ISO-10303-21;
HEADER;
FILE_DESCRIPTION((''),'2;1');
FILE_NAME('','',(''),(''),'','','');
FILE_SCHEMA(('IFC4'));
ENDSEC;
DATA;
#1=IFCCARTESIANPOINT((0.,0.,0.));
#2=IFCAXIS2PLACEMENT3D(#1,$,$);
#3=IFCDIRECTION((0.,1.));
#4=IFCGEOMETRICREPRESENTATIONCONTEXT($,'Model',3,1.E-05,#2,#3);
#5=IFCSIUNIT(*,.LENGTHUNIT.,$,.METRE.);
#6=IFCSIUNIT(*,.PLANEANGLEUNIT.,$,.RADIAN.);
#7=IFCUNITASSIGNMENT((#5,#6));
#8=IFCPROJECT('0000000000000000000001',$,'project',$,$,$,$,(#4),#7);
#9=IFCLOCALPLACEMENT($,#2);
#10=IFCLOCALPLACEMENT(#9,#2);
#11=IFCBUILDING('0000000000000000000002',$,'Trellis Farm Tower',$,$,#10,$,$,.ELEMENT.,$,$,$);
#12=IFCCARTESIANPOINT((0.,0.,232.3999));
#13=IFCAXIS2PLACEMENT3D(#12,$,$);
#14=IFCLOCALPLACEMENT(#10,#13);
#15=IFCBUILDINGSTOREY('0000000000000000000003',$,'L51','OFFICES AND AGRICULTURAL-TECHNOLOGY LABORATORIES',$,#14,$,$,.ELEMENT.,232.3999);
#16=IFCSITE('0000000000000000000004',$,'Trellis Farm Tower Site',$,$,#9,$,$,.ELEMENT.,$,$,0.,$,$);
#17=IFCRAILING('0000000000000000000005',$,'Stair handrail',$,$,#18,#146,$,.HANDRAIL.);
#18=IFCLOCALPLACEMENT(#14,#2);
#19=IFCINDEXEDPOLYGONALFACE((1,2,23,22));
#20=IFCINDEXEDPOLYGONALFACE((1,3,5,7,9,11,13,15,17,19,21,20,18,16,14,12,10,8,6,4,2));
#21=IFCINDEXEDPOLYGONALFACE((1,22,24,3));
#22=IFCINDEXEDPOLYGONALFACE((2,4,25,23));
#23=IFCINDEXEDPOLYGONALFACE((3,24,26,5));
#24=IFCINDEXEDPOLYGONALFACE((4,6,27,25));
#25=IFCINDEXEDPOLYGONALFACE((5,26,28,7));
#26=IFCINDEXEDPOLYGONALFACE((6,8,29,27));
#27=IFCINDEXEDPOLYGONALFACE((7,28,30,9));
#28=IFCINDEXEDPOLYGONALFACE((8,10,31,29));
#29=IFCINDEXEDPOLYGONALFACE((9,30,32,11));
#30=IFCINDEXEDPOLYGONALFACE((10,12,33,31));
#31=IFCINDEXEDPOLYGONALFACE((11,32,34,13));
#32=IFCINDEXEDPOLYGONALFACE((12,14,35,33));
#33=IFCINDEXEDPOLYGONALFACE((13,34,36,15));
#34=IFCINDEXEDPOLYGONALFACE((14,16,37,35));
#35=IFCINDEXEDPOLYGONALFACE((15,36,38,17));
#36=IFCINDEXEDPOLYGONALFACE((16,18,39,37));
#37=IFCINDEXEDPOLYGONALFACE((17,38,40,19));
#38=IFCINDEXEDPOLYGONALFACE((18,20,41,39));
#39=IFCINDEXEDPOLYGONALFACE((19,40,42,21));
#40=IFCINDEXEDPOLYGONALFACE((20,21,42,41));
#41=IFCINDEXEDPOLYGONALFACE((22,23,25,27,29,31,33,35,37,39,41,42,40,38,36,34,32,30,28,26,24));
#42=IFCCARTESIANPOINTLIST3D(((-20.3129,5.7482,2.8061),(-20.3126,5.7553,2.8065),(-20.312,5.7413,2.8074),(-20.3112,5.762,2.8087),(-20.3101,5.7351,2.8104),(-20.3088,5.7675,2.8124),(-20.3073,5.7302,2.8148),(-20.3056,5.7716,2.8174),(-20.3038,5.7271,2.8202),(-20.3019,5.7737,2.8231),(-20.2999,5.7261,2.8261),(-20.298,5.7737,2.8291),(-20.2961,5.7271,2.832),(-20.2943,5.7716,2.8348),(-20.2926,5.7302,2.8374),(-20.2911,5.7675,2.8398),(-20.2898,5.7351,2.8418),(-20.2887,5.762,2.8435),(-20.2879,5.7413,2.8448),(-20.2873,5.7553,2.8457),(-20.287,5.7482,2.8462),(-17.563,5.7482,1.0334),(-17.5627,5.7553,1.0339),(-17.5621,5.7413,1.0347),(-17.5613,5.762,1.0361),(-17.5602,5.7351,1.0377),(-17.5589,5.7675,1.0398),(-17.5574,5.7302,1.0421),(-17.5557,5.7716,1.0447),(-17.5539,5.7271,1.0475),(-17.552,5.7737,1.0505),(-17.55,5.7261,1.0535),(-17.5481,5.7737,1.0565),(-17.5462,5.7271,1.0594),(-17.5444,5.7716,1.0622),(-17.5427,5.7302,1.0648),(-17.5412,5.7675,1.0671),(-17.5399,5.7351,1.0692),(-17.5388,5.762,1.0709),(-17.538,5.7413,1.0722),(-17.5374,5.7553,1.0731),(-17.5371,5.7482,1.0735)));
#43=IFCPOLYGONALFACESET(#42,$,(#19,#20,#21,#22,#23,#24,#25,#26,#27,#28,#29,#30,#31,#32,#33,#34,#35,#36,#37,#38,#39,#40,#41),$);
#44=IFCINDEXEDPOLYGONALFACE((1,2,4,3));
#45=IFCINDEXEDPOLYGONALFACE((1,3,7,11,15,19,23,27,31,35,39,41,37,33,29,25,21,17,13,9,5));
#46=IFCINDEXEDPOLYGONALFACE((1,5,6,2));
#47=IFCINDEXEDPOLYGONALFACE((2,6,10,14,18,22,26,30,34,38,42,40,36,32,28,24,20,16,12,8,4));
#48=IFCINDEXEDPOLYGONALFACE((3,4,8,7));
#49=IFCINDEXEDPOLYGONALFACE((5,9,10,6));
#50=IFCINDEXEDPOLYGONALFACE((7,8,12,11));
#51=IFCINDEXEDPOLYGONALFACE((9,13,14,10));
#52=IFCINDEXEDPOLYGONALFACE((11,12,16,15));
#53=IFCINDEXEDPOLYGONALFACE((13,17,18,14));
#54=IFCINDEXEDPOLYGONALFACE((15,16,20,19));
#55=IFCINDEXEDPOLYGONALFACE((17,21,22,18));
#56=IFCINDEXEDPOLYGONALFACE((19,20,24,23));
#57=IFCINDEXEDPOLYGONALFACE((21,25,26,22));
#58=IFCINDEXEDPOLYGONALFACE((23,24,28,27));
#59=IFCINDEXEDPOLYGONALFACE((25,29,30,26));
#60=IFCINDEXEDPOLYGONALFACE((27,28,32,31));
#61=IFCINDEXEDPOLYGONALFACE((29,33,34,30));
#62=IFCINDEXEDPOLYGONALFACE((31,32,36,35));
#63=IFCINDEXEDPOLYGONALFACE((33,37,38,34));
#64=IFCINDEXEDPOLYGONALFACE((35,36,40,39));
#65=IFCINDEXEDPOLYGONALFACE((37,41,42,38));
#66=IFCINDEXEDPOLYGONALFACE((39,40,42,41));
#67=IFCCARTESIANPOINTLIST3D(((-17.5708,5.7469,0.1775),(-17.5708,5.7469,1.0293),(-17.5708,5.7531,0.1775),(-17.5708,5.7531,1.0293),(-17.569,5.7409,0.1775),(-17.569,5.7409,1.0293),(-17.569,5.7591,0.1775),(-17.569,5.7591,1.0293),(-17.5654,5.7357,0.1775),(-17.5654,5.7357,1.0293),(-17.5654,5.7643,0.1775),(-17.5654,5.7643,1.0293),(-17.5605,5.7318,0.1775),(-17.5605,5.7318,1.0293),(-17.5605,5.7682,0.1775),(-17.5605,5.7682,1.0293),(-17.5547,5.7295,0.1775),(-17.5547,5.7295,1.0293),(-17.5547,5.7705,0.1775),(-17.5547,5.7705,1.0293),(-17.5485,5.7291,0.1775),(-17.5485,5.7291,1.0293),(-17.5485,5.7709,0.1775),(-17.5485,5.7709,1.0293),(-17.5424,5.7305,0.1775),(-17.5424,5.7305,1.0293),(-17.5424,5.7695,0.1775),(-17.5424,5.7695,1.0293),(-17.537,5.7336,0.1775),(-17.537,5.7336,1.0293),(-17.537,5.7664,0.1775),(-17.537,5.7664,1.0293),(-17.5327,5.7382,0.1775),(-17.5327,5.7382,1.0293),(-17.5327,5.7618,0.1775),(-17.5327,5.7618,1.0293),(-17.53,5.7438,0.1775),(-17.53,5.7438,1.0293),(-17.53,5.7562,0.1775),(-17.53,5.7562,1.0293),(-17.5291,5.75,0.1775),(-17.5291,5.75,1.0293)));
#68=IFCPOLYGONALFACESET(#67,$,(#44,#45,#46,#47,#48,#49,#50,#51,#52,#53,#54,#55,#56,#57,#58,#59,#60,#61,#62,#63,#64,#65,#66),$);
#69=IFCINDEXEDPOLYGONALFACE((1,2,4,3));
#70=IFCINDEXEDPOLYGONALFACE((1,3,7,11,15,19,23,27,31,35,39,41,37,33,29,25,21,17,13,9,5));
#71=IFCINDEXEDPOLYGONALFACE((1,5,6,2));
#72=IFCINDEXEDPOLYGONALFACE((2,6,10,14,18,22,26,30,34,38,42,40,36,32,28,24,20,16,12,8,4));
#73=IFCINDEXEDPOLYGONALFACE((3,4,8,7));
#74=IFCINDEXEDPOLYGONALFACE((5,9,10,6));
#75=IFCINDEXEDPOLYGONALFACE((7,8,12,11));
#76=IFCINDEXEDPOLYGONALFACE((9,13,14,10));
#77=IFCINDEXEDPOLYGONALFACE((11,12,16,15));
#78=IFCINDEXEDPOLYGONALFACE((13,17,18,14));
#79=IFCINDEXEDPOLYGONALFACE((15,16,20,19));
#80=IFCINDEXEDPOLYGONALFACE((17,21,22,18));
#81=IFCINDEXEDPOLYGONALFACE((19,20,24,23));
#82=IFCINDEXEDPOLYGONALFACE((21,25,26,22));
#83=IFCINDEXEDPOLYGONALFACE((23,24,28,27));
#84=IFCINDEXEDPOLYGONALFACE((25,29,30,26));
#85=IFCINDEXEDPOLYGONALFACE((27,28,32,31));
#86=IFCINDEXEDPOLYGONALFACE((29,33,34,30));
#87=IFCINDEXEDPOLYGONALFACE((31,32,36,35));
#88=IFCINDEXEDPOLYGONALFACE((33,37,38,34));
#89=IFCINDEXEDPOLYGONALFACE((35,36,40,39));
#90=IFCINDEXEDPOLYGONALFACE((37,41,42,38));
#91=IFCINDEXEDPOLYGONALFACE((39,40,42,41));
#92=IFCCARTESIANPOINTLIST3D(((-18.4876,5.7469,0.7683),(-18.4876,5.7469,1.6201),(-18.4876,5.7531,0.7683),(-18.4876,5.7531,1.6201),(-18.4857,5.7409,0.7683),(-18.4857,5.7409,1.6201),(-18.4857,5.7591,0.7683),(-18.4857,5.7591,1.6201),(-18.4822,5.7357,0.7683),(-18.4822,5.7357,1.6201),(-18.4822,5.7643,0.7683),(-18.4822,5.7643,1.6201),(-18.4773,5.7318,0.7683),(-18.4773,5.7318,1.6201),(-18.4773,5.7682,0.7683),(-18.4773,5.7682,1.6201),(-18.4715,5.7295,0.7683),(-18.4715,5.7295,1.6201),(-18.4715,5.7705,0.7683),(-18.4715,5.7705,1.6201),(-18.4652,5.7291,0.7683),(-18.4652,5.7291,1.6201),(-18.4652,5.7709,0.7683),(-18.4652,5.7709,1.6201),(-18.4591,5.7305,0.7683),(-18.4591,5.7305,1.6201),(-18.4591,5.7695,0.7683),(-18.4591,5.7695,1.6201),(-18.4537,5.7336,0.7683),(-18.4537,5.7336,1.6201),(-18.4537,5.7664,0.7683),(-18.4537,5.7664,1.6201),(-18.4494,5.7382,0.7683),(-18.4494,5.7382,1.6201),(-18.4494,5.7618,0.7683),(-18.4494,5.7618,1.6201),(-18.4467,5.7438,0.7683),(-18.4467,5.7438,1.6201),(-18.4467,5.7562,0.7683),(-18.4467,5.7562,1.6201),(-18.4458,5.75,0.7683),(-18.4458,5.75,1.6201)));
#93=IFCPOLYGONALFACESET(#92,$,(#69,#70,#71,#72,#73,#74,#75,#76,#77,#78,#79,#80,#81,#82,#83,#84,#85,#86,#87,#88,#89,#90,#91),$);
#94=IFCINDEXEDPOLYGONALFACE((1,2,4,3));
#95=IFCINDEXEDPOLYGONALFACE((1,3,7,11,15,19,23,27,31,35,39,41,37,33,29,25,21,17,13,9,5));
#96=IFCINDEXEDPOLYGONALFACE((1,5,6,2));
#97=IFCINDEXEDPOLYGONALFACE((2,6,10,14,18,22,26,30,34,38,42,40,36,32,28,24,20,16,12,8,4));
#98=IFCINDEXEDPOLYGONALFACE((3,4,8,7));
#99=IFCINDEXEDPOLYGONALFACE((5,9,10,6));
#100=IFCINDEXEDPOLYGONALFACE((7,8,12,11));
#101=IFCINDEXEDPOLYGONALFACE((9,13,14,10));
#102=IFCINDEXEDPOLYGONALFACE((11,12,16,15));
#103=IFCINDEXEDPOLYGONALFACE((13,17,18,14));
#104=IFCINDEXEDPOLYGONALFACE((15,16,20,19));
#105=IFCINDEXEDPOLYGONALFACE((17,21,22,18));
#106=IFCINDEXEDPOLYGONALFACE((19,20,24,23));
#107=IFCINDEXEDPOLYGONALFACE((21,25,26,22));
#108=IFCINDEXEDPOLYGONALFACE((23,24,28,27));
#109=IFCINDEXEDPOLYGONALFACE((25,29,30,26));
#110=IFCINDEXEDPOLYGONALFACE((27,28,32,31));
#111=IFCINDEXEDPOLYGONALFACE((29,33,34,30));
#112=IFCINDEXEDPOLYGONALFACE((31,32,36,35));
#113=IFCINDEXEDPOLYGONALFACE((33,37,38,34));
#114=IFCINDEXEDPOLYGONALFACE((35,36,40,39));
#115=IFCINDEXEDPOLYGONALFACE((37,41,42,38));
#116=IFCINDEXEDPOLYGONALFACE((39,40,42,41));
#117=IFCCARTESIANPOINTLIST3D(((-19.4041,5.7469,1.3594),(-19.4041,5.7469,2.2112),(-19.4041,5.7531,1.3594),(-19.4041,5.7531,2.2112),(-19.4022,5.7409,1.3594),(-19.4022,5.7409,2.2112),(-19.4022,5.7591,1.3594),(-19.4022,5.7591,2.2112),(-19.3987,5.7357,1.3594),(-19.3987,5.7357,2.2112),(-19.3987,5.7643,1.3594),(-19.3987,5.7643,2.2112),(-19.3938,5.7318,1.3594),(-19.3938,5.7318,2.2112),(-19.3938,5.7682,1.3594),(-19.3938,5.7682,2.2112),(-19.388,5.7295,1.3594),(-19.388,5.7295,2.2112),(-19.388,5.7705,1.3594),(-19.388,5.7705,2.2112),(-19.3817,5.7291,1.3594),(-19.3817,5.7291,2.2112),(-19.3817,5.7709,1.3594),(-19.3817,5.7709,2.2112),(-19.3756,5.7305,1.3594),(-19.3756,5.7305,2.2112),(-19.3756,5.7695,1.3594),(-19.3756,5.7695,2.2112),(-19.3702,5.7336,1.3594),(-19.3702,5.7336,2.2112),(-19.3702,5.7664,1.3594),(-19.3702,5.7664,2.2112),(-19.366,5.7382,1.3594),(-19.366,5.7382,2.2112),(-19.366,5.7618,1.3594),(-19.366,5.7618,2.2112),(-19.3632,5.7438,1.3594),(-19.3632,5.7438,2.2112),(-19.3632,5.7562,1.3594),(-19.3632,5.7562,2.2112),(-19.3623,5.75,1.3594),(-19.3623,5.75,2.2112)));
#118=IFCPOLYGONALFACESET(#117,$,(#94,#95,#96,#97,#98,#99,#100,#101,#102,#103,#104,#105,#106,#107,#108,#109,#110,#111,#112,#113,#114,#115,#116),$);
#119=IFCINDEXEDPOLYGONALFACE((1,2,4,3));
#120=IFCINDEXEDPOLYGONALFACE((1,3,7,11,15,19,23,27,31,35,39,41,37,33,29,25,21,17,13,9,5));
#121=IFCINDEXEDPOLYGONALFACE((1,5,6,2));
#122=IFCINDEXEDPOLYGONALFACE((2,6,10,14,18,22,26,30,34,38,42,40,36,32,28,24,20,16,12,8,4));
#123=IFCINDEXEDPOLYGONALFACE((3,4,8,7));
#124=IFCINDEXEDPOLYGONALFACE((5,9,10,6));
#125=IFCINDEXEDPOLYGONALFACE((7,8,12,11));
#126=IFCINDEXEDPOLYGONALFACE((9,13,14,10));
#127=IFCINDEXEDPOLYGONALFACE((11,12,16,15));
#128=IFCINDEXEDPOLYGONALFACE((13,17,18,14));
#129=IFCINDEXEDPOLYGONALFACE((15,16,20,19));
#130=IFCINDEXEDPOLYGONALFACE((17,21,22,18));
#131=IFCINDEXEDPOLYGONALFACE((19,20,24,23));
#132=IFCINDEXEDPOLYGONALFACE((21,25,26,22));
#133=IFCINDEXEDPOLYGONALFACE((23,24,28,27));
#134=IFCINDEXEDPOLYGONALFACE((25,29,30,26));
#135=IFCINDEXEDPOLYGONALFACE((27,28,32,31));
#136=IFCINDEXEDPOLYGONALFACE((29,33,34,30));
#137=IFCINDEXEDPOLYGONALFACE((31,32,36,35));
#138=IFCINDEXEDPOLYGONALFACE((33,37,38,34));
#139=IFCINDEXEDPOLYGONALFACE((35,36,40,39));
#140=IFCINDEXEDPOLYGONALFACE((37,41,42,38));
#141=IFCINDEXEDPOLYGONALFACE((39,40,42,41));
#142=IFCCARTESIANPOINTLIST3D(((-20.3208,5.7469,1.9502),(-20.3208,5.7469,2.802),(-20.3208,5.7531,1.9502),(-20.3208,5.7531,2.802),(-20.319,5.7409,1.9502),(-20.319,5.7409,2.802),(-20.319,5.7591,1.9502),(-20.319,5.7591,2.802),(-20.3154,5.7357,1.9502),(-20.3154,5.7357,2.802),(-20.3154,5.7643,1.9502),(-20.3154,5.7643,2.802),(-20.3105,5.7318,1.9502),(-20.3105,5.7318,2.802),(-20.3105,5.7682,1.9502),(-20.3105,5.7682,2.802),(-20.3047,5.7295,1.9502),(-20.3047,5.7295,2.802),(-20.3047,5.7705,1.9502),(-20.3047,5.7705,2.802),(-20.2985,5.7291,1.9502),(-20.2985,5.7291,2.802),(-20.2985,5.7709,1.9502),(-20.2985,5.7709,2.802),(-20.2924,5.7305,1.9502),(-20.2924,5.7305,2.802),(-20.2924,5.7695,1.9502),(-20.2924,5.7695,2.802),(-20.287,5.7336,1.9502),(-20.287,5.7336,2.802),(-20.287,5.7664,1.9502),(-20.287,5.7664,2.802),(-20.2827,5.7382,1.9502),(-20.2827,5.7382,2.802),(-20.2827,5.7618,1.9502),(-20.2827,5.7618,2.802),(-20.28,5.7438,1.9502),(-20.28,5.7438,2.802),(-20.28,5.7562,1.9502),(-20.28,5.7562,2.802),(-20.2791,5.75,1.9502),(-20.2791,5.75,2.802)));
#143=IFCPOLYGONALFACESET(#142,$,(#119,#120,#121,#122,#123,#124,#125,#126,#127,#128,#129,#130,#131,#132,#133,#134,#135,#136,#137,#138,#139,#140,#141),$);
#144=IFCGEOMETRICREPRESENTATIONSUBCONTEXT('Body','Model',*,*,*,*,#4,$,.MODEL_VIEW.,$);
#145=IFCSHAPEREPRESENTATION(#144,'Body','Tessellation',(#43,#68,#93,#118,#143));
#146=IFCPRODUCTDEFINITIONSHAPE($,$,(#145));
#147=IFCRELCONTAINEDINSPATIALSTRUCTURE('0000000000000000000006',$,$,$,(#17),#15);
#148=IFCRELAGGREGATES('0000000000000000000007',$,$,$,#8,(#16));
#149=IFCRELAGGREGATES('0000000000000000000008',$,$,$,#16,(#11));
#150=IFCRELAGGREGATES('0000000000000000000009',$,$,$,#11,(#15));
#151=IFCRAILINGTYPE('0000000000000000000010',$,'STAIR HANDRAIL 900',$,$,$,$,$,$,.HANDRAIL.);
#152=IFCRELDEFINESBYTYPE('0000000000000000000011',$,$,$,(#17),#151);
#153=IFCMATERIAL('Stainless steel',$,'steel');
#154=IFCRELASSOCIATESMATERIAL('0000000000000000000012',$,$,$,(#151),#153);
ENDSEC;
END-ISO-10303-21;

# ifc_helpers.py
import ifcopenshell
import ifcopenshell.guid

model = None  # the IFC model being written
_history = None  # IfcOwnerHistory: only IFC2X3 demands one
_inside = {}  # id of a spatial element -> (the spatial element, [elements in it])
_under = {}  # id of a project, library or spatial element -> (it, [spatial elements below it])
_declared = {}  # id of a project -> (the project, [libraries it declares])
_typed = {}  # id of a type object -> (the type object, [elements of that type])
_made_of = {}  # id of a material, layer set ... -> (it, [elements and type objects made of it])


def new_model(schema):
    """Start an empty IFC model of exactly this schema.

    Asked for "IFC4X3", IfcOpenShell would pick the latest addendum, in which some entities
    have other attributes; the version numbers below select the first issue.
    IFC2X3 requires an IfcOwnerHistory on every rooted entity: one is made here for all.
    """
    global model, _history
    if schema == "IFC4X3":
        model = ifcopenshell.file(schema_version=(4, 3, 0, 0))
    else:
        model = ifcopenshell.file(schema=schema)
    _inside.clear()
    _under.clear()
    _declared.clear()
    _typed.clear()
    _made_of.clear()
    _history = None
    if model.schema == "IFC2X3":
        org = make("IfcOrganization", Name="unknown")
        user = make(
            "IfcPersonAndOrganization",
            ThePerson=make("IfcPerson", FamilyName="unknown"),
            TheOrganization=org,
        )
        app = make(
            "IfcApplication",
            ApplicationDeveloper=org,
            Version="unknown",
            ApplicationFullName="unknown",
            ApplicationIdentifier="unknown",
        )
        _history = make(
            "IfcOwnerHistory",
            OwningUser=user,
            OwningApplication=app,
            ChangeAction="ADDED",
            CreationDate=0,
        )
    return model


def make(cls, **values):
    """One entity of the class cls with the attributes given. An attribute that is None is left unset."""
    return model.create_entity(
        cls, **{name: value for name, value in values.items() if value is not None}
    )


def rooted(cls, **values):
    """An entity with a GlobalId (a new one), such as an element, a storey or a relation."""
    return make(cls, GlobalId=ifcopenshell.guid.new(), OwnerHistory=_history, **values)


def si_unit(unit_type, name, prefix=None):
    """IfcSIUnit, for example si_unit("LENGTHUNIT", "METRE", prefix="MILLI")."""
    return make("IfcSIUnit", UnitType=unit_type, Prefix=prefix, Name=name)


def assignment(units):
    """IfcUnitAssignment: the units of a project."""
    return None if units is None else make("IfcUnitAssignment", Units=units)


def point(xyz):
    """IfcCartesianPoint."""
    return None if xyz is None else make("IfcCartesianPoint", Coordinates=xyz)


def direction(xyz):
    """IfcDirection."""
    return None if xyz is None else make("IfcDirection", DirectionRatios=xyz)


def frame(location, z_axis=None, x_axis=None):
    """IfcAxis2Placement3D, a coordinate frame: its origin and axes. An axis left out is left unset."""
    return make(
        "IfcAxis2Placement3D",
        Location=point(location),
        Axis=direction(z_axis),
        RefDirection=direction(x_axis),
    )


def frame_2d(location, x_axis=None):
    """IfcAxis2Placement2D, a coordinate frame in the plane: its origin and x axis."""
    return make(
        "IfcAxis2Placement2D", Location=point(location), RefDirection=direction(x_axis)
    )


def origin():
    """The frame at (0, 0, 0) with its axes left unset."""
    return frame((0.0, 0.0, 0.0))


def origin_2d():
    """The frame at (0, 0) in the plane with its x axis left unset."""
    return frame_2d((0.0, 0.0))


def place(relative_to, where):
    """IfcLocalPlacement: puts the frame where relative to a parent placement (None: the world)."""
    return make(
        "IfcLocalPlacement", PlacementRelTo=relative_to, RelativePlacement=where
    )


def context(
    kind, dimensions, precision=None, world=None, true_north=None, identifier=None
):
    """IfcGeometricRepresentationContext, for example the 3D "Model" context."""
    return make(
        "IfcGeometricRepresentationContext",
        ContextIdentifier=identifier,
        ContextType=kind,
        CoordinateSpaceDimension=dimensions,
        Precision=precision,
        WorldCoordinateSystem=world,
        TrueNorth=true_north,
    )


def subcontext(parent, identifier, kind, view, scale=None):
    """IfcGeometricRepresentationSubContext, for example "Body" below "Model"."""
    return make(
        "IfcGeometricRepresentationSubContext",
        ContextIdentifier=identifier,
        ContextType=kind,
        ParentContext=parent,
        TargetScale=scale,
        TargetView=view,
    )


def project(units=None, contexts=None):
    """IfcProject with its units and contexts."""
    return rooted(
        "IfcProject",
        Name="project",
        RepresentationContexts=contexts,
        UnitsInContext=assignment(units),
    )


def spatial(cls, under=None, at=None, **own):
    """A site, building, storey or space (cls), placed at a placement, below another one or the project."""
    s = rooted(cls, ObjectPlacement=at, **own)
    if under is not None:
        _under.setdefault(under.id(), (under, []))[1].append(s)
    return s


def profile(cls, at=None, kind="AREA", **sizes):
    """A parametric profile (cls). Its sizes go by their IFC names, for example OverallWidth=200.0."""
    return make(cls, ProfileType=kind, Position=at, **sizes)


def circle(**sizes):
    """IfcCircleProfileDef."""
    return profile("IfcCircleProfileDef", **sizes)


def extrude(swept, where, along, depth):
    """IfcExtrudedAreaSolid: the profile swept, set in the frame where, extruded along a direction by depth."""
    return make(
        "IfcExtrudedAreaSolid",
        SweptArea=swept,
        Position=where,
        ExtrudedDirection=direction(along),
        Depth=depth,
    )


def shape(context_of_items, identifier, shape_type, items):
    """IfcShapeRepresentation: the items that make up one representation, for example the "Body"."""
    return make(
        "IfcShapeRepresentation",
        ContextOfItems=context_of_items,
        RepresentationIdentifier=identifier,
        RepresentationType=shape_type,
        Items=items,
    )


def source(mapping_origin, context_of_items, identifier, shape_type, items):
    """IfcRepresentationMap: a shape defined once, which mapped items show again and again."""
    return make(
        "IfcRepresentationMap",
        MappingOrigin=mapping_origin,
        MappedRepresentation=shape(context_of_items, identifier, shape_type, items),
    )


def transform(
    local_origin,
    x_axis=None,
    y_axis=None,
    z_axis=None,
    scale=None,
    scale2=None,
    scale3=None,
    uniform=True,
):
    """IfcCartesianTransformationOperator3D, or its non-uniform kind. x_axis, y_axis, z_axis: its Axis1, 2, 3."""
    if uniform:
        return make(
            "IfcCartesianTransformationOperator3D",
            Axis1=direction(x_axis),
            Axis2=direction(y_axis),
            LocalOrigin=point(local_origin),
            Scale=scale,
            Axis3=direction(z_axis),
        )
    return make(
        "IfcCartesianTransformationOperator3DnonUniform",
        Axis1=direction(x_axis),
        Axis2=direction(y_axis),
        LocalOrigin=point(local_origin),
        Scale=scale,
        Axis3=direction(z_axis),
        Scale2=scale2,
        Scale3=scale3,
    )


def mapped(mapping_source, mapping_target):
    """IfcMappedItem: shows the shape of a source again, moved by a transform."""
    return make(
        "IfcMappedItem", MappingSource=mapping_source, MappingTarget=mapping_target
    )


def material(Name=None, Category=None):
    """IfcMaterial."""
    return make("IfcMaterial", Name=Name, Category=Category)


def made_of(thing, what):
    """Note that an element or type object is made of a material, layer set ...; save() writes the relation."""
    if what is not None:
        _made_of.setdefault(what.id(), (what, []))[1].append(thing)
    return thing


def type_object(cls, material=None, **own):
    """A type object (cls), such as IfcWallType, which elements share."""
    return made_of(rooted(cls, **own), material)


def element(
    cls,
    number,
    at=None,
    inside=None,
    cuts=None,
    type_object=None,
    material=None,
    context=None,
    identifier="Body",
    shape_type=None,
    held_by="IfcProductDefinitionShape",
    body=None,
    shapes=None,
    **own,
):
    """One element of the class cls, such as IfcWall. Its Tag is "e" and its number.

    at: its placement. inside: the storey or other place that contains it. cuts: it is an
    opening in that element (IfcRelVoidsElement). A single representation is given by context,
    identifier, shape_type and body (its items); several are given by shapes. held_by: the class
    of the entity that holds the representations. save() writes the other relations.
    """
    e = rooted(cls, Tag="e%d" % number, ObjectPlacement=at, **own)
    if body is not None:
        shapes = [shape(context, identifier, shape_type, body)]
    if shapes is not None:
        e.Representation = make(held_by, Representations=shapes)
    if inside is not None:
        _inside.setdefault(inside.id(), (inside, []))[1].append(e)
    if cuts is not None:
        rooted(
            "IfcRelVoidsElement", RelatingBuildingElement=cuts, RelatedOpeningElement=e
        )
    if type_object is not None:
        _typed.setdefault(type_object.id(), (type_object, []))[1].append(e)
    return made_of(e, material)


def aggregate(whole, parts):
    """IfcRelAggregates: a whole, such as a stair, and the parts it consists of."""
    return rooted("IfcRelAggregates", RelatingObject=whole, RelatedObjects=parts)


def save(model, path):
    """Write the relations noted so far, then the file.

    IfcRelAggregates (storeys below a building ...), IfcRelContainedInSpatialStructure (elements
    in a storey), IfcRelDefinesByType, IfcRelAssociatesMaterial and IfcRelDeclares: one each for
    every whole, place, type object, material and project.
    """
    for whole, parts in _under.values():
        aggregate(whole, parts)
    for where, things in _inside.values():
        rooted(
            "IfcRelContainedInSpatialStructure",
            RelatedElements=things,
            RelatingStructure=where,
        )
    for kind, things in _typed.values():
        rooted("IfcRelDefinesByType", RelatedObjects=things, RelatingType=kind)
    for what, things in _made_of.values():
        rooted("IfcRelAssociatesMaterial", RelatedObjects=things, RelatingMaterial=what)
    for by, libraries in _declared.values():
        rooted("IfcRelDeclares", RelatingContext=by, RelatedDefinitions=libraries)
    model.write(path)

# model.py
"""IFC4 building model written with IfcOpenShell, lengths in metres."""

from ifc_helpers import new_model, si_unit, direction, frame, origin, origin_2d, place, context, subcontext, project, spatial, circle, extrude, source, transform, mapped, material, type_object, element, save


model = new_model("IFC4")

# Units and contexts
model_context = context("Model", 3, precision=1e-05, world=origin(), true_north=direction((0.0, 1.0)))
body_context = subcontext(model_context, "Body", "Model", "MODEL_VIEW")
ifc_project = project(units=[si_unit("LENGTHUNIT", "METRE"), si_unit("PLANEANGLEUNIT", "RADIAN")], contexts=[model_context])

# Site, building, storey
site_placement = place(None, origin())
site = spatial("IfcSite", under=ifc_project, at=site_placement, Name="Trellis Farm Tower Site", CompositionType="ELEMENT", RefElevation=0.0)
building_placement = place(site_placement, origin())
building = spatial("IfcBuilding", under=site, at=building_placement, Name="Trellis Farm Tower", CompositionType="ELEMENT")
storey_placement = place(building_placement, frame((0.0, 0.0, 232.3999)))
storey = spatial("IfcBuildingStorey", under=building, at=storey_placement, Name="L51", Description="OFFICES AND AGRICULTURAL-TECHNOLOGY LABORATORIES", CompositionType="ELEMENT", Elevation=232.3999)

# Railing
ifc_material_1 = material(Name="Stainless steel", Category="steel")
railing_type = type_object("IfcRailingType", Name="STAIR HANDRAIL 900", PredefinedType="HANDRAIL", material=ifc_material_1)
shared_shape_1 = source(origin(), body_context, "Body", "SweptSolid", [
    extrude(circle(Radius=0.0239, at=origin_2d()), frame((0.0, 0.0, 0.876), z_axis=(-0.840504, 0.0, 0.541806), x_axis=(0.0, -1.0, 0.0)), (0.0, 0.0, 1.0), 3.2717),
    extrude(circle(Radius=0.021, at=origin_2d()), origin(), (0.0, 0.0, 1.0), 0.8518),
    extrude(circle(Radius=0.021, at=origin_2d()), frame((-0.9167, 0.0, 0.5908)), (0.0, 0.0, 1.0), 0.8518),
    extrude(circle(Radius=0.021, at=origin_2d()), frame((-1.8333, 0.0, 1.1819)), (0.0, 0.0, 1.0), 0.8518),
    extrude(circle(Radius=0.021, at=origin_2d()), frame((-2.75, 0.0, 1.7727)), (0.0, 0.0, 1.0), 0.8518),
])
for number, where, name in (
    (1, (-17.55, 5.75, 0.1775), "Stair handrail"),
):
    element("IfcRailing", number, at=place(storey_placement, frame(where)), inside=storey, type_object=railing_type, Name=name, PredefinedType="HANDRAIL", context=body_context, shape_type="MappedRepresentation", body=[
        mapped(shared_shape_1, transform((0.0, 0.0, 0.0))),
    ])

save(model, "model.ifc")
